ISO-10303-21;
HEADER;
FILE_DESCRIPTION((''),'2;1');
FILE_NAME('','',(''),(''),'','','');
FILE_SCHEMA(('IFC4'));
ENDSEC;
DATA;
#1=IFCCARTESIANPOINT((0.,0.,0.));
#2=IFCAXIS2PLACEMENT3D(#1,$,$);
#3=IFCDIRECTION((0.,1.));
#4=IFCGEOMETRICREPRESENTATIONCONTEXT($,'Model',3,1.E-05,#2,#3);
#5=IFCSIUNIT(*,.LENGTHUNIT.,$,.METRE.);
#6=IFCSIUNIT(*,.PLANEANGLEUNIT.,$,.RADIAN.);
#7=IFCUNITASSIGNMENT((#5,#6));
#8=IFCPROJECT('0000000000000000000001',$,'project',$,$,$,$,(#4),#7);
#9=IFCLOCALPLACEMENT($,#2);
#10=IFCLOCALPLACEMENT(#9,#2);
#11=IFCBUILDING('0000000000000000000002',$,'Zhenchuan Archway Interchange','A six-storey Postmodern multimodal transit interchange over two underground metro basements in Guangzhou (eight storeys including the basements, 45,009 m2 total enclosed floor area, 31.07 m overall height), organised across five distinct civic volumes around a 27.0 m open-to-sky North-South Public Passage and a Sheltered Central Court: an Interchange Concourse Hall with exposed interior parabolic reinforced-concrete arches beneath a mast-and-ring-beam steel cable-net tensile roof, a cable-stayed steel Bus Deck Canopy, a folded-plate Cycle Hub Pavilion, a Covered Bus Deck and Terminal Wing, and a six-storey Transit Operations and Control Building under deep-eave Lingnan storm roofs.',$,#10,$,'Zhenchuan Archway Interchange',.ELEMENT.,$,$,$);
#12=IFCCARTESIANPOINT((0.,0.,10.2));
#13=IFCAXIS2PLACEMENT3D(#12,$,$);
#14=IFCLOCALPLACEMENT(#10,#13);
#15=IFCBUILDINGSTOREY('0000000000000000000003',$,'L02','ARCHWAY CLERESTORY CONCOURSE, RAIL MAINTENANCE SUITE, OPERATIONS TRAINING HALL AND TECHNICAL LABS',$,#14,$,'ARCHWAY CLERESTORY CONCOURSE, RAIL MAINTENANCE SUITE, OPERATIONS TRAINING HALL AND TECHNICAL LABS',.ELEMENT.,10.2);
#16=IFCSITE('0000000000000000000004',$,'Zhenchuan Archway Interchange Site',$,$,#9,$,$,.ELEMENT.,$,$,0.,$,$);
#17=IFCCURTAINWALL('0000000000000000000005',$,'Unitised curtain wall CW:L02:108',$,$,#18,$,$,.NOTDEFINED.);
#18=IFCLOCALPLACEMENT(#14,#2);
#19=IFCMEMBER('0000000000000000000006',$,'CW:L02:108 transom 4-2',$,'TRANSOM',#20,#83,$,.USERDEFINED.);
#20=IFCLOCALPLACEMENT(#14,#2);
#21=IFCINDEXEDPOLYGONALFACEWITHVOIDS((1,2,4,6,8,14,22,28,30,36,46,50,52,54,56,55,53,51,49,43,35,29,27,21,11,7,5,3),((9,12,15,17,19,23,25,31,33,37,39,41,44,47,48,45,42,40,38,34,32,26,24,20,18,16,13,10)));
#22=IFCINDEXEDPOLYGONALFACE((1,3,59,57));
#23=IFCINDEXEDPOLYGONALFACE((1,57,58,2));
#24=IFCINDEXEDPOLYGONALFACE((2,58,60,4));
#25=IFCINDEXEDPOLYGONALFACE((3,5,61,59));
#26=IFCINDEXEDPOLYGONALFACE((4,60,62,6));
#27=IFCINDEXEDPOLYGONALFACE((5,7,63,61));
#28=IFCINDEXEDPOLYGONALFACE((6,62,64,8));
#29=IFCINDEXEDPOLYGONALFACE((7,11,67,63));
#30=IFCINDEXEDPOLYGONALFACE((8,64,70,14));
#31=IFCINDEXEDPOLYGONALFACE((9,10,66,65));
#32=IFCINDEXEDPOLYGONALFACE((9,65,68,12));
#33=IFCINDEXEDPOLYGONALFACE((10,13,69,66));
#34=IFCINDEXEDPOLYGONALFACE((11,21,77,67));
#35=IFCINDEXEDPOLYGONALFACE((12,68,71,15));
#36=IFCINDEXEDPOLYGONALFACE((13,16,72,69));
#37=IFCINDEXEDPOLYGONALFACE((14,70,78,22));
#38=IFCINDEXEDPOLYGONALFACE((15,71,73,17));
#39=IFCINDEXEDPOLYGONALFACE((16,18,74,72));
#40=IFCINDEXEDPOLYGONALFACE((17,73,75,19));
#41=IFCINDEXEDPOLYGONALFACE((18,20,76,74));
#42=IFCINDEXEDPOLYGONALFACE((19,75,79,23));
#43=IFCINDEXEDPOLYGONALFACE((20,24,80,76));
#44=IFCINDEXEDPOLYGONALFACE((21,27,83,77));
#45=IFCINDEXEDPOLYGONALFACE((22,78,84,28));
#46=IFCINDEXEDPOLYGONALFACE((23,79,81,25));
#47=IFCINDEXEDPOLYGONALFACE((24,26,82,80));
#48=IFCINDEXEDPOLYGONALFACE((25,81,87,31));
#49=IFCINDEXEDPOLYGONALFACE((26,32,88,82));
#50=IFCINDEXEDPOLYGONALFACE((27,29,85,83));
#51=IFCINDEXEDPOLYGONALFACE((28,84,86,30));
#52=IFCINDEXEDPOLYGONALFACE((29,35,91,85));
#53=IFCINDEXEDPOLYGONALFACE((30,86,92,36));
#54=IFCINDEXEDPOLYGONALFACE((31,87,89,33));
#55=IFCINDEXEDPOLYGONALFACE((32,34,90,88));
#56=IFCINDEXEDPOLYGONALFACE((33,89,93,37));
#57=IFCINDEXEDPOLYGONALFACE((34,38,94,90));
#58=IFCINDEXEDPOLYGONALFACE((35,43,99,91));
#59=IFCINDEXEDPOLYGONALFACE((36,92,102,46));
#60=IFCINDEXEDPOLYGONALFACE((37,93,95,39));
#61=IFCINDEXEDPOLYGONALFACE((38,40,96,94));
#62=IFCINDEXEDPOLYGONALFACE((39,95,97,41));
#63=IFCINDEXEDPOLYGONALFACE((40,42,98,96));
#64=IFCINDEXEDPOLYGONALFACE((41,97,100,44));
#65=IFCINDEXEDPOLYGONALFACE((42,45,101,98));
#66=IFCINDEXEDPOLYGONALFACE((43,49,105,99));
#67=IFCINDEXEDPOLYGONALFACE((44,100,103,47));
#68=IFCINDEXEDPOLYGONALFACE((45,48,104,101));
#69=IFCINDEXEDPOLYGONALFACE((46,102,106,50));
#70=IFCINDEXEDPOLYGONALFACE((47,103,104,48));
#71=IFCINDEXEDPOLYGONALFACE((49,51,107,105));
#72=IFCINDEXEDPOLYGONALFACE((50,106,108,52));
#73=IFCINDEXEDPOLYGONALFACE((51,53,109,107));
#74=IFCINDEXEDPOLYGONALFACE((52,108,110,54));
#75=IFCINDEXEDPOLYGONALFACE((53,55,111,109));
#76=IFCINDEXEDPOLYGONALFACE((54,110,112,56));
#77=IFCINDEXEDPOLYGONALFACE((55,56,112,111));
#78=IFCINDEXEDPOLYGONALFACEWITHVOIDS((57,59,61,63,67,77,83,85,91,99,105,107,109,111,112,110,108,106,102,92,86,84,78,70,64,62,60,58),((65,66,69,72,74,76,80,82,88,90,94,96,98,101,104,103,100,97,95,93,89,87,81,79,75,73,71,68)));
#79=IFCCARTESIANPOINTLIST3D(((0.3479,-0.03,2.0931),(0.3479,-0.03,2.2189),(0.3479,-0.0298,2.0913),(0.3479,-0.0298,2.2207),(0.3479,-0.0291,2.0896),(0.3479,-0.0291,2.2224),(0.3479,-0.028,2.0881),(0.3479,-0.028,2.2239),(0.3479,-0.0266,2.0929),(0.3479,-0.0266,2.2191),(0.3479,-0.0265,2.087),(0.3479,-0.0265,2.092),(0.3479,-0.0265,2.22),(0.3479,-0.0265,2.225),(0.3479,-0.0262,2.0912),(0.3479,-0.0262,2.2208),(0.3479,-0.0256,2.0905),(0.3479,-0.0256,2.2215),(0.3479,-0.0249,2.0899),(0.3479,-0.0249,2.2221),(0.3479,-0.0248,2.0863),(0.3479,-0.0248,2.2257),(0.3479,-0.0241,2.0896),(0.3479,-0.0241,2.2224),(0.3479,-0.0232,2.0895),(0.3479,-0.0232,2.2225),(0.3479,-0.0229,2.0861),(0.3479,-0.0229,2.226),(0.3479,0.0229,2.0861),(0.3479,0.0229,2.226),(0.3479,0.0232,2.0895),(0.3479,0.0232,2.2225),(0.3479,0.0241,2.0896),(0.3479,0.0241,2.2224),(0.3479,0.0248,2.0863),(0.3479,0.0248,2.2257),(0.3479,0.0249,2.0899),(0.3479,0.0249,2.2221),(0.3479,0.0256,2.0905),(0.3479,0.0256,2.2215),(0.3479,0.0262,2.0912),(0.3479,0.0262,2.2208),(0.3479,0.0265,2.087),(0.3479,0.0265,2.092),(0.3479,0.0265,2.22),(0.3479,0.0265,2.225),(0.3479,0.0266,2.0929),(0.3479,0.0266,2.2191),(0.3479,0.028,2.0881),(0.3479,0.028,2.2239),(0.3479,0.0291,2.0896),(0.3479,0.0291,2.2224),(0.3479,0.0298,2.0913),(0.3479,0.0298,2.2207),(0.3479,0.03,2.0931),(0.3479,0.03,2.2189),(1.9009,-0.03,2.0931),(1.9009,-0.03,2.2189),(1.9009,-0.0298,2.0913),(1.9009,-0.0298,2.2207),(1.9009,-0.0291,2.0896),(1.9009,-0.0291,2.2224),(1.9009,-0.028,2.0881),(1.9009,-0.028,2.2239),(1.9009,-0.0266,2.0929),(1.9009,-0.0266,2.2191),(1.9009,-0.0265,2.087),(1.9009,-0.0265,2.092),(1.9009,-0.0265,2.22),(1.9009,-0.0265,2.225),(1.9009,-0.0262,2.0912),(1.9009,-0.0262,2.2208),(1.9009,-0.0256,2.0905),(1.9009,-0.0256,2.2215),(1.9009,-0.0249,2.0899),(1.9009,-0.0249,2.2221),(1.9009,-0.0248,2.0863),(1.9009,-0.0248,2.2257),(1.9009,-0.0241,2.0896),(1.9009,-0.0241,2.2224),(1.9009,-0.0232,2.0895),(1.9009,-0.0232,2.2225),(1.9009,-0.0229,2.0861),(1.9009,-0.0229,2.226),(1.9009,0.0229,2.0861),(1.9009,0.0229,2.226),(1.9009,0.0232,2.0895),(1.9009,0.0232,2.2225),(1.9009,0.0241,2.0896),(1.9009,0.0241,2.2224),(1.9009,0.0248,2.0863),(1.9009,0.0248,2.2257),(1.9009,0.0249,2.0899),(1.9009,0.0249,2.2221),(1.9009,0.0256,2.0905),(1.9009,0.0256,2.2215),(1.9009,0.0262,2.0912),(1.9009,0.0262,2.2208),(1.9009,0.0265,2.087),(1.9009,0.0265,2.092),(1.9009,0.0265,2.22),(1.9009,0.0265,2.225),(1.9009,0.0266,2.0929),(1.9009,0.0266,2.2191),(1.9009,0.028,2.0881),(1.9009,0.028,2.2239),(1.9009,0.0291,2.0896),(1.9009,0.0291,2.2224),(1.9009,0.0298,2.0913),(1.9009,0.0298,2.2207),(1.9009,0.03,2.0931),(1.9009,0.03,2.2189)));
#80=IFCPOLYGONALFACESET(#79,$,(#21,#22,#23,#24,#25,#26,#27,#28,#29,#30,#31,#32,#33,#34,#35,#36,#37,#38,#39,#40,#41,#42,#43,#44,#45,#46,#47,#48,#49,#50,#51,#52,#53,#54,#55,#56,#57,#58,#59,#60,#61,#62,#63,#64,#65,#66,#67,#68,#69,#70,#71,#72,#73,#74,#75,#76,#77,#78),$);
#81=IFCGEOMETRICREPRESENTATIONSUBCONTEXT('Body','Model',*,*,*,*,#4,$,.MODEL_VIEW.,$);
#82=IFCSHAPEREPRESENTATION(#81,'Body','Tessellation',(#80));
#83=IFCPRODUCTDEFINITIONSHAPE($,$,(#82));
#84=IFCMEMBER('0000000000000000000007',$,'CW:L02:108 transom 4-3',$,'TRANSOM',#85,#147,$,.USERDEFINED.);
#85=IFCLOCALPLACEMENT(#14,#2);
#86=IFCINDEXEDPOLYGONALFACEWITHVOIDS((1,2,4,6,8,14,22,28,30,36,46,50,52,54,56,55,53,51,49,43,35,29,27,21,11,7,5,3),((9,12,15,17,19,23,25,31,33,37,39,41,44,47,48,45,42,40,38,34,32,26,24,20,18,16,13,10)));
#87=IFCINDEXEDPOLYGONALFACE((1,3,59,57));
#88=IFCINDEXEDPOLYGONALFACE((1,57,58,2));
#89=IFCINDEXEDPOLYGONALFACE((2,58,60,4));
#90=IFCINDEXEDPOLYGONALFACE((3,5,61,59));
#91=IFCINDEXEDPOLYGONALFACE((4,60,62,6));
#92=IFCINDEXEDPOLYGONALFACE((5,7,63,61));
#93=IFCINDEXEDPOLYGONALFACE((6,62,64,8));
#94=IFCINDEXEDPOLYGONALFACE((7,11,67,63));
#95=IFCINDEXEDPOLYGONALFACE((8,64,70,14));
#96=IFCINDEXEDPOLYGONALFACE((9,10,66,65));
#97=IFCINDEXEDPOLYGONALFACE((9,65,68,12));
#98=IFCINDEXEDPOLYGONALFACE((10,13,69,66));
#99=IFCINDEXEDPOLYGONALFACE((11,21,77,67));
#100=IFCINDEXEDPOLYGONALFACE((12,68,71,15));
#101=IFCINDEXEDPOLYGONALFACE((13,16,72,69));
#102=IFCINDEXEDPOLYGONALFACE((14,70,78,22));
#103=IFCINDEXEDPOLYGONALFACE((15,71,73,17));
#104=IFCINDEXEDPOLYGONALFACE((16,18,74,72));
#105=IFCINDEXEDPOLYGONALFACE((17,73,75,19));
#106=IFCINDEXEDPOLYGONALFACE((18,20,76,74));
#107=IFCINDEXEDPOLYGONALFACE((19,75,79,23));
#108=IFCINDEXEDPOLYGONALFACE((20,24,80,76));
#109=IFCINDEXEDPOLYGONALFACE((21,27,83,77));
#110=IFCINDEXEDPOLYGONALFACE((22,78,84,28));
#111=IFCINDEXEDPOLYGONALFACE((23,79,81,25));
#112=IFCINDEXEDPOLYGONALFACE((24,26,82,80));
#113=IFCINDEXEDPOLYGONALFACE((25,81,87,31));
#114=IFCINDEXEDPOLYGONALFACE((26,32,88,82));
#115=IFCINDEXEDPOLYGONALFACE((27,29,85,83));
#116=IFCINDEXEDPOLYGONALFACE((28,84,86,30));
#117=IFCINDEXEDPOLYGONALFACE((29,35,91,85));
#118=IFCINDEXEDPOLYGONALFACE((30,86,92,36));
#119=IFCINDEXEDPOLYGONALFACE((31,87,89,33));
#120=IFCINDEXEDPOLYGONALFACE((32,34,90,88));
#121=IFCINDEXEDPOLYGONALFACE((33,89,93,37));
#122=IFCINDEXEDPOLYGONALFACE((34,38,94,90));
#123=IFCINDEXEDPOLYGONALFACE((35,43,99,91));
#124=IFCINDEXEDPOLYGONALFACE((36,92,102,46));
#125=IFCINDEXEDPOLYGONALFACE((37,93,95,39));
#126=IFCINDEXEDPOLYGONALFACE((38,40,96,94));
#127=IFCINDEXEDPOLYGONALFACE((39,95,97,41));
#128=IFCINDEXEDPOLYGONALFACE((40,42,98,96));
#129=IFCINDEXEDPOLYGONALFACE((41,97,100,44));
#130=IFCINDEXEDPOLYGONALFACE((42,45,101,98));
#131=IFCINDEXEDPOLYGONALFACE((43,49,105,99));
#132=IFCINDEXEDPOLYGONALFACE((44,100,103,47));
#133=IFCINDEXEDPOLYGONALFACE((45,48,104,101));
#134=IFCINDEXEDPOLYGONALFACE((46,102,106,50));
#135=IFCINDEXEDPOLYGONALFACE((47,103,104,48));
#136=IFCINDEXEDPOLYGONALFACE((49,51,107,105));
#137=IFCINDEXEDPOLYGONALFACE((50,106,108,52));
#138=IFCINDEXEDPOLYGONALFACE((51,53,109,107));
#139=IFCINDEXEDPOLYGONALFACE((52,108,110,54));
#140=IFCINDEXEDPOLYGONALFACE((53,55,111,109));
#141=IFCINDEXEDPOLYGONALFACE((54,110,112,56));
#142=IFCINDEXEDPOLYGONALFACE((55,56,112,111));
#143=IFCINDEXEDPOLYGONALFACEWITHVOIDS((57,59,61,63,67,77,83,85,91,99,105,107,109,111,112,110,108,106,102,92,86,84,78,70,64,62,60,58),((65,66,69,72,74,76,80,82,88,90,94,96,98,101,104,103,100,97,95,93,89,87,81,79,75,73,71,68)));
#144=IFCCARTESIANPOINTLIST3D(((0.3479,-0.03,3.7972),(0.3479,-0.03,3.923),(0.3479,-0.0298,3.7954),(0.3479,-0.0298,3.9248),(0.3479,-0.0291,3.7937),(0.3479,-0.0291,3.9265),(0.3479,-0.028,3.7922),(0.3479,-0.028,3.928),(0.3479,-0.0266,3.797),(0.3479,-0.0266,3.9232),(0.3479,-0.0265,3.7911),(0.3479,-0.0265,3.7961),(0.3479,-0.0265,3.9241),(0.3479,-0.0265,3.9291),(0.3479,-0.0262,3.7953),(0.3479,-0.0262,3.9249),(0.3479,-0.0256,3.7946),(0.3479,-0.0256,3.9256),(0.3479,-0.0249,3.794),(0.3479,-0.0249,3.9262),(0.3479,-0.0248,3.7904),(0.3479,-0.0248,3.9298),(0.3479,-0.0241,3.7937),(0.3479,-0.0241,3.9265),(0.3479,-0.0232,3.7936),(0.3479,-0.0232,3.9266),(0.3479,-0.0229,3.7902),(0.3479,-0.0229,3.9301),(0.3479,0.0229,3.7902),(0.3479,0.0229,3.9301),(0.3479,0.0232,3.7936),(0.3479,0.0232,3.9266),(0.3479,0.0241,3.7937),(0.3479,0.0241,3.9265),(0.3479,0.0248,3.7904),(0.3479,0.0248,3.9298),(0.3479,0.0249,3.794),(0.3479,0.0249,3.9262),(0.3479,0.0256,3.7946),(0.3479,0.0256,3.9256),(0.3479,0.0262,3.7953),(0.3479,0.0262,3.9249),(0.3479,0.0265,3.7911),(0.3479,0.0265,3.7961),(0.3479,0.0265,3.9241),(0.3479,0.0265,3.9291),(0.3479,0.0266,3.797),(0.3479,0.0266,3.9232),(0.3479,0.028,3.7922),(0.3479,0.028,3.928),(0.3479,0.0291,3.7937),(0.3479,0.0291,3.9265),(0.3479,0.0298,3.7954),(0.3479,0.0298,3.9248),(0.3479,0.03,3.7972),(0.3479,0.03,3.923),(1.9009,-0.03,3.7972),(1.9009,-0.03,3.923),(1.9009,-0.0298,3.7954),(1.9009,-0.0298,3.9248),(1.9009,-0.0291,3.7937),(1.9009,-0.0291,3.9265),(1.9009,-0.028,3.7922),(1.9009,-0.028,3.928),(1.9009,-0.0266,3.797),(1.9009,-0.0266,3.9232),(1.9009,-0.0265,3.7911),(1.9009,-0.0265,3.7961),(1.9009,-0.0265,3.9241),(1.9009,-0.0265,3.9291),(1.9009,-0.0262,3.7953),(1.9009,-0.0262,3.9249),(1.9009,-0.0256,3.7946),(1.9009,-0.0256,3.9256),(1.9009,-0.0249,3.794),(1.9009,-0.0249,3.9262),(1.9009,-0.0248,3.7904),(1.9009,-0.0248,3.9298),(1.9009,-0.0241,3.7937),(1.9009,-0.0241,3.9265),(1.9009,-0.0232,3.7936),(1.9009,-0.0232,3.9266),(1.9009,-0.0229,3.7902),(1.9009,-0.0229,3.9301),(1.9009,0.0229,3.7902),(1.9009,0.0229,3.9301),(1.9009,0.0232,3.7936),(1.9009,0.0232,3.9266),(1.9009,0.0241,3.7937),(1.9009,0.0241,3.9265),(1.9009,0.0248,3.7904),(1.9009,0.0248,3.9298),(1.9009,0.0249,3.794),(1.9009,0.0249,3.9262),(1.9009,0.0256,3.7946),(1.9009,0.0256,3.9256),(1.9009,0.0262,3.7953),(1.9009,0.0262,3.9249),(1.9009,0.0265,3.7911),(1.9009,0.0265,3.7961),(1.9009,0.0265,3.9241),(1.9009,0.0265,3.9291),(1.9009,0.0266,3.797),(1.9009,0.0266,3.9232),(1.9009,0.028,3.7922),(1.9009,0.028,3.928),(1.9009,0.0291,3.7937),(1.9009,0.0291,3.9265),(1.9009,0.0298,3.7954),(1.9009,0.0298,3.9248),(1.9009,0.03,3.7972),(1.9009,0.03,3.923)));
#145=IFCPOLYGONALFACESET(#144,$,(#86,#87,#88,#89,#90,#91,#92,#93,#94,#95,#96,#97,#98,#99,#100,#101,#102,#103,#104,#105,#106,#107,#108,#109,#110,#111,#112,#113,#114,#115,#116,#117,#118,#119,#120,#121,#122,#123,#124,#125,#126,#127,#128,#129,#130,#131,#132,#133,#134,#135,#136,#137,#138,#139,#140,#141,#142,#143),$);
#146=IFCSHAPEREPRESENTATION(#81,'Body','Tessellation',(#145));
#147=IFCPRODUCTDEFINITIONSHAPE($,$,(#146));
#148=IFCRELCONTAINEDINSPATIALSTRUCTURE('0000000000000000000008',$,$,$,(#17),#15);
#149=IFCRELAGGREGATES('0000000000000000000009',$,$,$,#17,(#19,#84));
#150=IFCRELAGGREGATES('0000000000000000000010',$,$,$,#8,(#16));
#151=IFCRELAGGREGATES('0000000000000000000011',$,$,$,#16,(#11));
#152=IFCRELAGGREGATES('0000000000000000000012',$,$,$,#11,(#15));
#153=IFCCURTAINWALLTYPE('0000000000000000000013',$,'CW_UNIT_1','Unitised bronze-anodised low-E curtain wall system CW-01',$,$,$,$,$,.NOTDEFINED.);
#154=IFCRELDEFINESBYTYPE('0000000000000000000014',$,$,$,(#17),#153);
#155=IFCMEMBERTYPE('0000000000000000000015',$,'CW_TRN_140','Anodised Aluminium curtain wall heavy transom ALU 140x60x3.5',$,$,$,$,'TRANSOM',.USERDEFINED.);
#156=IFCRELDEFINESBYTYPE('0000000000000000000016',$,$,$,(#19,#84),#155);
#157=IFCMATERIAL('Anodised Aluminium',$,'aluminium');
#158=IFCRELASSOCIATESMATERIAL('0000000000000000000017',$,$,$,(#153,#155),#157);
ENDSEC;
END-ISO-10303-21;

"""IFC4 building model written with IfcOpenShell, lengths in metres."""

from ifc_helpers import new_model, si_unit, direction, frame, origin, origin_2d, place, context, subcontext, project, spatial, hollow_rectangle, extrude, material, material_profile, profile_set, type_object, element, aggregate, save


model = new_model("IFC4")

# Units and contexts
model_context = context("Model", 3, precision=1e-05, world=origin(), true_north=direction((0.0, 1.0)))
body_context = subcontext(model_context, "Body", "Model", "MODEL_VIEW")
ifc_project = project(units=[si_unit("LENGTHUNIT", "METRE"), si_unit("PLANEANGLEUNIT", "RADIAN")], contexts=[model_context])

# Site, building, storey
site_placement = place(None, origin())
site = spatial("IfcSite", under=ifc_project, at=site_placement, Name="Zhenchuan Archway Interchange Site", CompositionType="ELEMENT", RefElevation=0.0)
building_placement = place(site_placement, origin())
building = spatial("IfcBuilding", under=site, at=building_placement, Name="Zhenchuan Archway Interchange", Description="A six-storey Postmodern multimodal transit interchange over two underground metro basements in Guangzhou (eight storeys including the basements, 45,009 m2 total enclosed floor area, 31.07 m overall height), organised across five distinct civic volumes around a 27.0 m open-to-sky North-South Public Passage and a Sheltered Central Court: an Interchange Concourse Hall with exposed interior parabolic reinforced-concrete arches beneath a mast-and-ring-beam steel cable-net tensile roof, a cable-stayed steel Bus Deck Canopy, a folded-plate Cycle Hub Pavilion, a Covered Bus Deck and Terminal Wing, and a six-storey Transit Operations and Control Building under deep-eave Lingnan storm roofs.", LongName="Zhenchuan Archway Interchange", CompositionType="ELEMENT")
storey_placement = place(building_placement, frame((0.0, 0.0, 10.2)))
storey = spatial("IfcBuildingStorey", under=building, at=storey_placement, Name="L02", Description="ARCHWAY CLERESTORY CONCOURSE, RAIL MAINTENANCE SUITE, OPERATIONS TRAINING HALL AND TECHNICAL LABS", LongName="ARCHWAY CLERESTORY CONCOURSE, RAIL MAINTENANCE SUITE, OPERATIONS TRAINING HALL AND TECHNICAL LABS", CompositionType="ELEMENT", Elevation=10.2)

# Curtain wall
ifc_material_1 = material(Name="Anodised Aluminium", Category="aluminium")
curtain_wall_type_1 = type_object("IfcCurtainWallType", Name="CW_UNIT_1", Description="Unitised bronze-anodised low-E curtain wall system CW-01", PredefinedType="NOTDEFINED", material=ifc_material_1)
curtain_wall_1_placement = place(storey_placement, origin())
curtain_wall_1 = element("IfcCurtainWall", 1, at=curtain_wall_1_placement, inside=storey, type_object=curtain_wall_type_1, Name="Unitised curtain wall CW:L02:108", PredefinedType="NOTDEFINED")

# Members
ifc_material_profile_1 = material_profile(ifc_material_1, hollow_rectangle(XDim=0.0601, YDim=0.1399, WallThickness=0.0034, InnerFilletRadius=0.0034, OuterFilletRadius=0.0071, at=origin_2d()), Name="ALU 140x60x3.5")
ifc_profile_set_1 = profile_set([ifc_material_profile_1], Name="Anodised Aluminium")
member_type_1 = type_object("IfcMemberType", Name="CW_TRN_140", Description="Anodised Aluminium curtain wall heavy transom ALU 140x60x3.5", ElementType="TRANSOM", PredefinedType="USERDEFINED", material=ifc_profile_set_1)
member_1_placement = place(storey_placement, frame((1.9009, 0.0, 2.156), z_axis=(-1.0, 0.0, 0.0), x_axis=(0.0, -1.0, 0.0)))
member_1 = element("IfcMember", 2, at=member_1_placement, type_object=member_type_1, Name="CW:L02:108 transom 4-2", ObjectType="TRANSOM", PredefinedType="USERDEFINED", context=body_context, shape_type="SweptSolid", body=[
    extrude(hollow_rectangle(XDim=0.0601, YDim=0.1399, WallThickness=0.0034, InnerFilletRadius=0.0034, OuterFilletRadius=0.0071, at=origin_2d()), origin(), (0.0, 0.0, 1.0), 1.553),
])
member_2_placement = place(storey_placement, frame((1.9009, 0.0, 3.8601), z_axis=(-1.0, 0.0, 0.0), x_axis=(0.0, -1.0, 0.0)))
member_2 = element("IfcMember", 3, at=member_2_placement, type_object=member_type_1, Name="CW:L02:108 transom 4-3", ObjectType="TRANSOM", PredefinedType="USERDEFINED", context=body_context, shape_type="SweptSolid", body=[
    extrude(hollow_rectangle(XDim=0.0601, YDim=0.1399, WallThickness=0.0034, InnerFilletRadius=0.0034, OuterFilletRadius=0.0071, at=origin_2d()), origin(), (0.0, 0.0, 1.0), 1.553),
])

aggregate(curtain_wall_1, [member_1, member_2])

save(model, "model.ifc")
